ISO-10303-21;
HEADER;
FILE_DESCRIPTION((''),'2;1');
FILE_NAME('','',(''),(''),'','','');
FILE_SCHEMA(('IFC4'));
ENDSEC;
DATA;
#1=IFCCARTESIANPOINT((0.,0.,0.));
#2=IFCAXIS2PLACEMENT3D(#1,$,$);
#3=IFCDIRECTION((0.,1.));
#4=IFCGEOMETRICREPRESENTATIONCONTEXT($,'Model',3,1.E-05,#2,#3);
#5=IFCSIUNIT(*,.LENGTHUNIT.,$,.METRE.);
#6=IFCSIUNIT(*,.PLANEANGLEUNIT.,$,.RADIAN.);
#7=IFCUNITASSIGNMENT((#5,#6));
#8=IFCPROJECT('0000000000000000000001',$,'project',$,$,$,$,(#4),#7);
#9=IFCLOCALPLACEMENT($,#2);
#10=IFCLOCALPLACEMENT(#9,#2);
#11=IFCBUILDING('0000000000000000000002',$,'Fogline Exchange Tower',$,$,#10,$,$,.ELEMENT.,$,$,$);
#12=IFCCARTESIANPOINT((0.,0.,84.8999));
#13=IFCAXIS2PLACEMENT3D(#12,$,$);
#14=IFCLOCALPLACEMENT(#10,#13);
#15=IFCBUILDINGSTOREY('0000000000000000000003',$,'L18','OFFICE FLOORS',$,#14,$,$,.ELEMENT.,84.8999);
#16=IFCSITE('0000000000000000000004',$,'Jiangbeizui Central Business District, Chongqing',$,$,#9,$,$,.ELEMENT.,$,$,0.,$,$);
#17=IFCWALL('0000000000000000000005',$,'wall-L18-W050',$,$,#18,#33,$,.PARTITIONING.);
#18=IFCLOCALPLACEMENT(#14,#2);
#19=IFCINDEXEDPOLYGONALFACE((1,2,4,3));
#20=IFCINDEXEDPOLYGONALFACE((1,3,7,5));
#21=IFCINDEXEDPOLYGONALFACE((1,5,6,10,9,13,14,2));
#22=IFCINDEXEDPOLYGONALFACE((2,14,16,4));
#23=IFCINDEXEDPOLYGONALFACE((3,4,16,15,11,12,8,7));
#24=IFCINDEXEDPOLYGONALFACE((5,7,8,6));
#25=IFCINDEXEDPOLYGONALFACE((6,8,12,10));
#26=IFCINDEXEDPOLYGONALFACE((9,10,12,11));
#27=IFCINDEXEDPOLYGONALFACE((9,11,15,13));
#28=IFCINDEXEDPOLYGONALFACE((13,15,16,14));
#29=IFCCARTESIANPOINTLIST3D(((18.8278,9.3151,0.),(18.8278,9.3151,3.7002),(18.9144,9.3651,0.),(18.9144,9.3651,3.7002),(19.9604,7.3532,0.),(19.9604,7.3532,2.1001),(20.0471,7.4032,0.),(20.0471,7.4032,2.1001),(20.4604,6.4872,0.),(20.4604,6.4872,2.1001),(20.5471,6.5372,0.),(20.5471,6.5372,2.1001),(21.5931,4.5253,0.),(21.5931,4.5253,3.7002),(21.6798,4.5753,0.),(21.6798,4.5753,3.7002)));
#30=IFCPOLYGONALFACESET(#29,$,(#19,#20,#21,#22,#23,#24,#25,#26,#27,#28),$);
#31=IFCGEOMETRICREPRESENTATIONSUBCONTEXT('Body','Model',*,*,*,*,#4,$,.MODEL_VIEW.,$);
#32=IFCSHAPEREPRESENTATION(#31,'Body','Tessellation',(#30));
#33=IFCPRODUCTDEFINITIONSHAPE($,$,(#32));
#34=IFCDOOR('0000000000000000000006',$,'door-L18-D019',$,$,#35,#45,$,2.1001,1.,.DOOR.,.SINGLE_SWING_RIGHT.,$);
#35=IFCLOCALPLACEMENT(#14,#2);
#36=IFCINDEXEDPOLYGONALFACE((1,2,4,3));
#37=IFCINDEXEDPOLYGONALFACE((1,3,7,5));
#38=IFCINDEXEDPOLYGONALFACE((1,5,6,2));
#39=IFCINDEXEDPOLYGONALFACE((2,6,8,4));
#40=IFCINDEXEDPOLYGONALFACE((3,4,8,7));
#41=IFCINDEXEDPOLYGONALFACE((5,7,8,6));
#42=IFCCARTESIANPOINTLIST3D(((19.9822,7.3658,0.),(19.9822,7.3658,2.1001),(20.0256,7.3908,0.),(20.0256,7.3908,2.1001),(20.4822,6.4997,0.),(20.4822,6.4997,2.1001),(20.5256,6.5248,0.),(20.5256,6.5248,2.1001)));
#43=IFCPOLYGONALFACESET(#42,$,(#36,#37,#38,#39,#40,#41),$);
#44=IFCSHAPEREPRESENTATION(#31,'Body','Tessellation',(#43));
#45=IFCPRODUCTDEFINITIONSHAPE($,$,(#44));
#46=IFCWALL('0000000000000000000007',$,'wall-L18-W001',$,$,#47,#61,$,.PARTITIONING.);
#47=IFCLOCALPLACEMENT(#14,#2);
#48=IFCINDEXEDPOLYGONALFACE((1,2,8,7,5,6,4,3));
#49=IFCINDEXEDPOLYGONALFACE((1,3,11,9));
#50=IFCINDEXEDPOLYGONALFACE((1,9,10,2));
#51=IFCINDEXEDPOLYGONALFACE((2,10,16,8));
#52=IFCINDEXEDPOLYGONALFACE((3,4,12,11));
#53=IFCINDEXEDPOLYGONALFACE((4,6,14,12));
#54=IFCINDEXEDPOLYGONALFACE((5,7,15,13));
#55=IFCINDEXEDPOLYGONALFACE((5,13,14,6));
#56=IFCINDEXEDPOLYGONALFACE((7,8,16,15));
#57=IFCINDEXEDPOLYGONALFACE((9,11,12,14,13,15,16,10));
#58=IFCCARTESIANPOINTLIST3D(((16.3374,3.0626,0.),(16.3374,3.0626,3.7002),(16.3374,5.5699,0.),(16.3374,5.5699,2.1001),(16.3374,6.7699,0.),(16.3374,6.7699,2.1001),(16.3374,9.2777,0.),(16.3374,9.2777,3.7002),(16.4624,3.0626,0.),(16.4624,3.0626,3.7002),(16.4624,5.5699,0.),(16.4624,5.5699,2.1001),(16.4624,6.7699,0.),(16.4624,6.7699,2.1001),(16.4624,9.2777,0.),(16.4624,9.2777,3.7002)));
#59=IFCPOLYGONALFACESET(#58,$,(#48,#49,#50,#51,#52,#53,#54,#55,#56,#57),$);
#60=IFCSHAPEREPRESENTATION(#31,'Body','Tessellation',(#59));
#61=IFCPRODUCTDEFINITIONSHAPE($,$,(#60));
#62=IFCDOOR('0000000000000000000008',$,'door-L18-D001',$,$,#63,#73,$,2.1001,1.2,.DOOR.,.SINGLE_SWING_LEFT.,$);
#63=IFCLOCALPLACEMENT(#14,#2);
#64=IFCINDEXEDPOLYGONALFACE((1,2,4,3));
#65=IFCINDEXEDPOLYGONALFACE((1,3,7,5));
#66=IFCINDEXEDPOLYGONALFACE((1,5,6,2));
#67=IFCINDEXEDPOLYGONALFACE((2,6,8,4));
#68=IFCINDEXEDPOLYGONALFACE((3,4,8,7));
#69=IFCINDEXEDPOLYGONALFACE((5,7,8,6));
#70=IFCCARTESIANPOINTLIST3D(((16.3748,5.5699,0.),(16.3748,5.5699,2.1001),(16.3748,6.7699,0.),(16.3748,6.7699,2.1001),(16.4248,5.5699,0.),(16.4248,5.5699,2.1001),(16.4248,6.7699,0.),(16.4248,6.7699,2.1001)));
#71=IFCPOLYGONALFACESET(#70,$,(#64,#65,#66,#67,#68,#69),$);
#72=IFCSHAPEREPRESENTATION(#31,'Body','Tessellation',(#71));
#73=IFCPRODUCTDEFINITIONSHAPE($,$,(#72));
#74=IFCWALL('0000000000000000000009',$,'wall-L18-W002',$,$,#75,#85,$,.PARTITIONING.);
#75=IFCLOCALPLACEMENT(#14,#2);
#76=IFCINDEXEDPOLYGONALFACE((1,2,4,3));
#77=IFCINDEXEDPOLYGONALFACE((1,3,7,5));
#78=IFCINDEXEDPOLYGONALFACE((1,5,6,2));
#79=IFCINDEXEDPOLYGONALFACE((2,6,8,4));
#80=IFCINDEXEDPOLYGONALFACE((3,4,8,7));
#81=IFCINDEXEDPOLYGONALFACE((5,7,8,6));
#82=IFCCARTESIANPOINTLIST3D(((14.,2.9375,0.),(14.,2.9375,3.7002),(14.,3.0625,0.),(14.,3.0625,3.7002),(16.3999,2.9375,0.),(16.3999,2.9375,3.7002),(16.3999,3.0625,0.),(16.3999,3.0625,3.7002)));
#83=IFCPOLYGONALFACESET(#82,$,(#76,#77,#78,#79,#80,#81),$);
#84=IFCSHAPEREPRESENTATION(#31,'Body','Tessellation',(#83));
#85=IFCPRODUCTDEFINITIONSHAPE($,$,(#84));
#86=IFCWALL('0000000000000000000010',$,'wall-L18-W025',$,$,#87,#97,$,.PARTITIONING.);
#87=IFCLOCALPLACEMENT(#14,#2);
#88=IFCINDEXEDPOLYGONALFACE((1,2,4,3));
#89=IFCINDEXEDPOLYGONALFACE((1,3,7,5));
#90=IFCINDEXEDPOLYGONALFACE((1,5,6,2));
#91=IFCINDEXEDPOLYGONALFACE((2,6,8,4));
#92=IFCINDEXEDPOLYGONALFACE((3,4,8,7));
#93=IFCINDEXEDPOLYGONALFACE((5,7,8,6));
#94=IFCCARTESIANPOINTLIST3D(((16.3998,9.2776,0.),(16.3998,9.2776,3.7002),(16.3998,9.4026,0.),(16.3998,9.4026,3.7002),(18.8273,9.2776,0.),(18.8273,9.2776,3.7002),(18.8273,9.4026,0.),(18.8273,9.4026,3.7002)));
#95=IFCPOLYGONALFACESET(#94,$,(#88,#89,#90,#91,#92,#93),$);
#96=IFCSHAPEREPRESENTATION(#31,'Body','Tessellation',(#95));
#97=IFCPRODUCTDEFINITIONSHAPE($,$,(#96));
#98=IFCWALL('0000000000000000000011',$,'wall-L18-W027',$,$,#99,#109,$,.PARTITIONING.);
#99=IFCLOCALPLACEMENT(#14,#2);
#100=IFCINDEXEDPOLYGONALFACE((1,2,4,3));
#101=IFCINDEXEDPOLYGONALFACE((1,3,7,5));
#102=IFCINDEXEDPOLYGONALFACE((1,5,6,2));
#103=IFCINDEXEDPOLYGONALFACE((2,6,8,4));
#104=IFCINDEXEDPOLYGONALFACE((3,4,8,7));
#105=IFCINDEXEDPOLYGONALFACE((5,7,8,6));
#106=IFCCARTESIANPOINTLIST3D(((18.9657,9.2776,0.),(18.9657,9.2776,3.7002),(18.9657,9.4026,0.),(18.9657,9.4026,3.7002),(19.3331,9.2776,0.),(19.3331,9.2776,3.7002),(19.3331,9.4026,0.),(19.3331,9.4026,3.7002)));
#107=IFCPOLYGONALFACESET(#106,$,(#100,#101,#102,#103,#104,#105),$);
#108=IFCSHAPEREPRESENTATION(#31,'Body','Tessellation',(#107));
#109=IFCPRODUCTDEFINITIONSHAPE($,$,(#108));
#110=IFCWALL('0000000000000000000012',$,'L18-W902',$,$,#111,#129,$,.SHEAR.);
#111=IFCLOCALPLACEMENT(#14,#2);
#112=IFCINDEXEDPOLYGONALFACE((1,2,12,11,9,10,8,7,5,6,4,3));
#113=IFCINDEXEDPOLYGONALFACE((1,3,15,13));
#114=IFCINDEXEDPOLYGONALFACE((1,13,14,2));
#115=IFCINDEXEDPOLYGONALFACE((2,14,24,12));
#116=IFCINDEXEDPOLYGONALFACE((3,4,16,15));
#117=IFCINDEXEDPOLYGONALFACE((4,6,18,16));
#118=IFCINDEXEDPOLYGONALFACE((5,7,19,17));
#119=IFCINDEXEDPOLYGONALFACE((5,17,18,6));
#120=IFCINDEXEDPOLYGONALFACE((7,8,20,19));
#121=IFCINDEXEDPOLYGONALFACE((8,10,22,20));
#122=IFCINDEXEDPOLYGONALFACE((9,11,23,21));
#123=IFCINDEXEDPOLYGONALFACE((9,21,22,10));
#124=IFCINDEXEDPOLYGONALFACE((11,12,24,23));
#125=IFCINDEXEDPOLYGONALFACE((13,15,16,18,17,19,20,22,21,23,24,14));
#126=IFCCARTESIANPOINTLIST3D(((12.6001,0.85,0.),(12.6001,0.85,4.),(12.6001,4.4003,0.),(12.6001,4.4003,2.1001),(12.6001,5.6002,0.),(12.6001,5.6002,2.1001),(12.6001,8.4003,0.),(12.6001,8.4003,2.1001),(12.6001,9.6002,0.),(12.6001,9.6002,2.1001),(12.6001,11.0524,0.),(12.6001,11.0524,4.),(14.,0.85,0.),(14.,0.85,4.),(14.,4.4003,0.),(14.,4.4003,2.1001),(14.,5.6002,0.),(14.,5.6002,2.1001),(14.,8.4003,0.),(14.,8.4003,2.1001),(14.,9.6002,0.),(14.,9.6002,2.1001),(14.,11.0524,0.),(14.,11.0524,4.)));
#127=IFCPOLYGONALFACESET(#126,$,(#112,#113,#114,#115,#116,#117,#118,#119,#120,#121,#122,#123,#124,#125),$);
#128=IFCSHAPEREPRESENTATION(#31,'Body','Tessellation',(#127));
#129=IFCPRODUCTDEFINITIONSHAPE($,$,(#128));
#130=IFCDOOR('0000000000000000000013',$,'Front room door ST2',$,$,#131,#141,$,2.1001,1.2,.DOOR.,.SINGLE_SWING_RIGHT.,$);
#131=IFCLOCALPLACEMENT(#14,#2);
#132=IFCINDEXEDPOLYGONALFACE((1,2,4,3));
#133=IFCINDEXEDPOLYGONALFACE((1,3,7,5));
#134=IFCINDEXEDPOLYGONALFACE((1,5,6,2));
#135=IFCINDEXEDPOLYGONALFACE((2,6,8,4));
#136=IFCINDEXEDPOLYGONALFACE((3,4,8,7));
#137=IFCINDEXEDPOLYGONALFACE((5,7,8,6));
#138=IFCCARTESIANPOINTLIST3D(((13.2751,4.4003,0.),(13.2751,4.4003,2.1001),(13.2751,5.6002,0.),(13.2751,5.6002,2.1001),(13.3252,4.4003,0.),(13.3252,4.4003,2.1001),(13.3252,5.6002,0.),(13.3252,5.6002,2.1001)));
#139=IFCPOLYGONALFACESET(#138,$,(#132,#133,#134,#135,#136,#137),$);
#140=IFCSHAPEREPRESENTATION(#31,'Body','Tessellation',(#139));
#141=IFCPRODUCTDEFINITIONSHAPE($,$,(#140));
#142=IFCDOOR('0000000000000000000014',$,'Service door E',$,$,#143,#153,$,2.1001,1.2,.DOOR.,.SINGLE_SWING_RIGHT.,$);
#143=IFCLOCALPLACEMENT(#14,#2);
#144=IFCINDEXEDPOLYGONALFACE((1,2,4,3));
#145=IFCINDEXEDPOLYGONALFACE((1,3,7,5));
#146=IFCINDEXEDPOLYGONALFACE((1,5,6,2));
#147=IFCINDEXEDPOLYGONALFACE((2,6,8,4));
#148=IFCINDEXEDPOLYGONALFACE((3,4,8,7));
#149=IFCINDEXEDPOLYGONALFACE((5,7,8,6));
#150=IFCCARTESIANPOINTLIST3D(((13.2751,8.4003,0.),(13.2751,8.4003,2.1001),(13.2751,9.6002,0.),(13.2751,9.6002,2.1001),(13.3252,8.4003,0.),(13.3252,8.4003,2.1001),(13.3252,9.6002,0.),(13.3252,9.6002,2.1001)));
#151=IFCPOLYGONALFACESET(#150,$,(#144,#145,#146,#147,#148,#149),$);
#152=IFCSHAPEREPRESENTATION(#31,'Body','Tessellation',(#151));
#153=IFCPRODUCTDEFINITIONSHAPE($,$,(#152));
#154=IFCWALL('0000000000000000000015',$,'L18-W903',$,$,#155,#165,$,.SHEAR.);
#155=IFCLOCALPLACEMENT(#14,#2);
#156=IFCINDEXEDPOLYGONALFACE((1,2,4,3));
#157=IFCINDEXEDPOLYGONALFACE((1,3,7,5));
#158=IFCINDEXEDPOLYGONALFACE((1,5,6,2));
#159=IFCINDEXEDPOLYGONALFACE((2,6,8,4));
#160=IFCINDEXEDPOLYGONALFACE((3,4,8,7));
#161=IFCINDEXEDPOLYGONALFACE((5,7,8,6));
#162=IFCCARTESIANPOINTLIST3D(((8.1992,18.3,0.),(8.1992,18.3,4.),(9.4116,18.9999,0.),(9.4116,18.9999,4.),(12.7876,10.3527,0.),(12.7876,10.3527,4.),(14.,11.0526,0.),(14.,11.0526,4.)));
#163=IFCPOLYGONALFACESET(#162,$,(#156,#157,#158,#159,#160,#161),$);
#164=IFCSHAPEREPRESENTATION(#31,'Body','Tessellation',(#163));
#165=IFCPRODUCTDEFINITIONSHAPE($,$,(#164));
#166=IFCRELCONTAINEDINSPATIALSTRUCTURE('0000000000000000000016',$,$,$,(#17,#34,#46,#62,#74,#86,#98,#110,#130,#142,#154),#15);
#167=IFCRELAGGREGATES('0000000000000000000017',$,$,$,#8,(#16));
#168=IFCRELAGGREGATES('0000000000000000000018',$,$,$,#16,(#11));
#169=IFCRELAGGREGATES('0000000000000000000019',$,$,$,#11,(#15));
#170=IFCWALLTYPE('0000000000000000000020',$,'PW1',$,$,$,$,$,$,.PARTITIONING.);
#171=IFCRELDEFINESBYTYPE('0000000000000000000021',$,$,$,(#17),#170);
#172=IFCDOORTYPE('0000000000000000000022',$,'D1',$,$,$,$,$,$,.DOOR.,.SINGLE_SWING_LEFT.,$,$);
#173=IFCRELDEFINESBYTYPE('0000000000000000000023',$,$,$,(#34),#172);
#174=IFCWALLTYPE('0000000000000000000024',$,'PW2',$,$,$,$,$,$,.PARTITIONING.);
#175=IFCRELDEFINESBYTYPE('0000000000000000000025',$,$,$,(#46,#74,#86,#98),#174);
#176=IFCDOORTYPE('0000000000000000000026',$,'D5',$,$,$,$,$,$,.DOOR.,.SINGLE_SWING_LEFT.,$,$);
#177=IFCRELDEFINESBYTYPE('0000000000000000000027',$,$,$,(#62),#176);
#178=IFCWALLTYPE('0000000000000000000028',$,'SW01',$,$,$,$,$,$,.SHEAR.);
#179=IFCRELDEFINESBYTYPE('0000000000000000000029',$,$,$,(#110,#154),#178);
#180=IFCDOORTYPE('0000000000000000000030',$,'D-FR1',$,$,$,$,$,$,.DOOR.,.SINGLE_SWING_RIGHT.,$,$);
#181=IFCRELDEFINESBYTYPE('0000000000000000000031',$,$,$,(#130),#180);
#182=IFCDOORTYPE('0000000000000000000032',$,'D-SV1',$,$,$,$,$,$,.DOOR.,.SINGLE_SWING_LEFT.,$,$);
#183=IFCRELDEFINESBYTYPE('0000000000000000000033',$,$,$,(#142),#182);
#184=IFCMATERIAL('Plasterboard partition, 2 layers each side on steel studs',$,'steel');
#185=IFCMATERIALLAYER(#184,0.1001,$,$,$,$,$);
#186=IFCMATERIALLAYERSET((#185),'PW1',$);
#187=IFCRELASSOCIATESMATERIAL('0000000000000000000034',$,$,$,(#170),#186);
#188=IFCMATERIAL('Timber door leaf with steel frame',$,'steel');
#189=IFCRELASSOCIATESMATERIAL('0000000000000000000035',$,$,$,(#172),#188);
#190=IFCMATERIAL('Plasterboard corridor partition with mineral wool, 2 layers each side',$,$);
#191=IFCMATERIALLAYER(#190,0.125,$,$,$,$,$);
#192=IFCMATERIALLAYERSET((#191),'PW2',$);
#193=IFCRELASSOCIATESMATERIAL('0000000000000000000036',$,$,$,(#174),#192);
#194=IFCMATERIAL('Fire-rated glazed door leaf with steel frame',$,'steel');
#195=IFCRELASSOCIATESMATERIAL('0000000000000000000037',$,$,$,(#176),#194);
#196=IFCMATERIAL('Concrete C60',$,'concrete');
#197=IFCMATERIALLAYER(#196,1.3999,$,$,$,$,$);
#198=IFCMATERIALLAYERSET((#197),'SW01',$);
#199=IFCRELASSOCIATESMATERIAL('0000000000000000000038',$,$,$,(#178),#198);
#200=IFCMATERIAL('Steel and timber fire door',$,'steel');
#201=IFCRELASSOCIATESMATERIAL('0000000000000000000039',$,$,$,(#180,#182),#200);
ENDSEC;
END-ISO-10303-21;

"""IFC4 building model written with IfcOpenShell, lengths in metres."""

from ifc_helpers import new_model, si_unit, direction, frame, frame_2d, origin, place, context, subcontext, project, spatial, rectangle, extrude, material, layer, layer_set, type_object, element, fill, save


model = new_model("IFC4")

# Units and contexts
model_context = context("Model", 3, precision=1e-05, world=origin(), true_north=direction((0.0, 1.0)))
body_context = subcontext(model_context, "Body", "Model", "MODEL_VIEW")
ifc_project = project(units=[si_unit("LENGTHUNIT", "METRE"), si_unit("PLANEANGLEUNIT", "RADIAN")], contexts=[model_context])

# Site, building, storey
site_placement = place(None, origin())
site = spatial("IfcSite", under=ifc_project, at=site_placement, Name="Jiangbeizui Central Business District, Chongqing", CompositionType="ELEMENT", RefElevation=0.0)
building_placement = place(site_placement, origin())
building = spatial("IfcBuilding", under=site, at=building_placement, Name="Fogline Exchange Tower", CompositionType="ELEMENT")
storey_placement = place(building_placement, frame((0.0, 0.0, 84.8999)))
storey = spatial("IfcBuildingStorey", under=building, at=storey_placement, Name="L18", Description="OFFICE FLOORS", CompositionType="ELEMENT", Elevation=84.8999)

# Shared definitions
ifc_material_1 = material(Name="Steel and timber fire door", Category="steel")

# Walls, openings, doors
ifc_material_2 = material(Name="Plasterboard partition, 2 layers each side on steel studs", Category="steel")
ifc_layer_1 = layer(ifc_material_2, 0.1001)
ifc_layer_set_1 = layer_set([ifc_layer_1], Name="PW1")
wall_type_1 = type_object("IfcWallType", Name="PW1", PredefinedType="PARTITIONING", material=ifc_layer_set_1)
wall_1_placement = place(storey_placement, frame((18.8711, 9.3401, 0.0), z_axis=(0.0, 0.0, 1.0), x_axis=(0.499999, -0.866026, 0.0)))
wall_1 = element("IfcWall", 1, at=wall_1_placement, inside=storey, type_object=wall_type_1, Name="wall-L18-W050", PredefinedType="PARTITIONING", context=body_context, shape_type="SweptSolid", body=[
    extrude(rectangle(XDim=5.5308, YDim=0.1001, at=frame_2d((2.7654, 0.0))), origin(), (0.0, 0.0, 1.0), 3.7002),
])
opening_1_placement = place(wall_1_placement, frame((2.2654, 0.0, 0.0)))
opening_1 = element("IfcOpeningElement", 2, at=opening_1_placement, cuts=wall_1, PredefinedType="OPENING", context=body_context, shape_type="SweptSolid", body=[
    extrude(rectangle(XDim=1.0, YDim=2.1001, at=frame_2d((0.5, 1.05))), frame((0.0, 0.0601, 0.0), z_axis=(0.0, -1.0, 0.0), x_axis=(1.0, 0.0, 0.0)), (0.0, 0.0, 1.0), 0.1201),
])
ifc_material_3 = material(Name="Timber door leaf with steel frame", Category="steel")
door_type_1 = type_object("IfcDoorType", Name="D1", OperationType="SINGLE_SWING_LEFT", PredefinedType="DOOR", material=ifc_material_3)
door_1_placement = place(opening_1_placement, frame((1.0, 0.0, 0.0), z_axis=(0.0, 0.0, 1.0), x_axis=(-1.0, 0.0, 0.0)))
door_1 = element("IfcDoor", 3, at=door_1_placement, inside=storey, type_object=door_type_1, Name="door-L18-D019", OperationType="SINGLE_SWING_RIGHT", OverallHeight=2.1001, OverallWidth=1.0, PredefinedType="DOOR", context=body_context, shape_type="SweptSolid", body=[
    extrude(rectangle(XDim=1.0, YDim=2.1001, at=frame_2d((0.5, 1.05))), frame((0.0, 0.0249, 0.0), z_axis=(0.0, -1.0, 0.0), x_axis=(1.0, 0.0, 0.0)), (0.0, 0.0, 1.0), 0.05),
])
fill(opening_1, door_1)
ifc_material_4 = material(Name="Plasterboard corridor partition with mineral wool, 2 layers each side")
ifc_layer_2 = layer(ifc_material_4, 0.125)
ifc_layer_set_2 = layer_set([ifc_layer_2], Name="PW2")
wall_type_2 = type_object("IfcWallType", Name="PW2", PredefinedType="PARTITIONING", material=ifc_layer_set_2)
wall_2_placement = place(storey_placement, frame((16.3999, 9.2776, 0.0), z_axis=(0.0, 0.0, 1.0), x_axis=(0.0, -1.0, 0.0)))
wall_2 = element("IfcWall", 4, at=wall_2_placement, inside=storey, type_object=wall_type_2, Name="wall-L18-W001", PredefinedType="PARTITIONING", context=body_context, shape_type="SweptSolid", body=[
    extrude(rectangle(XDim=6.2151, YDim=0.125, at=frame_2d((3.1074, 0.0))), origin(), (0.0, 0.0, 1.0), 3.7002),
])
opening_2_placement = place(wall_2_placement, frame((2.5076, 0.0, 0.0)))
opening_2 = element("IfcOpeningElement", 5, at=opening_2_placement, cuts=wall_2, PredefinedType="OPENING", context=body_context, shape_type="SweptSolid", body=[
    extrude(rectangle(XDim=1.2, YDim=2.1001, at=frame_2d((0.6001, 1.05))), frame((0.0, 0.0725, 0.0), z_axis=(0.0, -1.0, 0.0), x_axis=(1.0, 0.0, 0.0)), (0.0, 0.0, 1.0), 0.145),
])
ifc_material_5 = material(Name="Fire-rated glazed door leaf with steel frame", Category="steel")
door_type_2 = type_object("IfcDoorType", Name="D5", OperationType="SINGLE_SWING_LEFT", PredefinedType="DOOR", material=ifc_material_5)
door_2_placement = place(opening_2_placement, origin())
door_2 = element("IfcDoor", 6, at=door_2_placement, inside=storey, type_object=door_type_2, Name="door-L18-D001", OperationType="SINGLE_SWING_LEFT", OverallHeight=2.1001, OverallWidth=1.2, PredefinedType="DOOR", context=body_context, shape_type="SweptSolid", body=[
    extrude(rectangle(XDim=1.2, YDim=2.1001, at=frame_2d((0.6001, 1.05))), frame((0.0, 0.0249, 0.0), z_axis=(0.0, -1.0, 0.0), x_axis=(1.0, 0.0, 0.0)), (0.0, 0.0, 1.0), 0.05),
])
fill(opening_2, door_2)

# Walls
wall_3_placement = place(storey_placement, frame((16.3999, 3.0, 0.0), z_axis=(0.0, 0.0, 1.0), x_axis=(-1.0, 0.0, 0.0)))
element("IfcWall", 7, at=wall_3_placement, inside=storey, type_object=wall_type_2, Name="wall-L18-W002", PredefinedType="PARTITIONING", context=body_context, shape_type="SweptSolid", body=[
    extrude(rectangle(XDim=2.3999, YDim=0.125, at=frame_2d((1.2, 0.0))), origin(), (0.0, 0.0, 1.0), 3.7002),
])
wall_4_placement = place(storey_placement, frame((18.8274, 9.3401, 0.0), z_axis=(0.0, 0.0, 1.0), x_axis=(-1.0, 0.0, 0.0)))
element("IfcWall", 8, at=wall_4_placement, inside=storey, type_object=wall_type_2, Name="wall-L18-W025", PredefinedType="PARTITIONING", context=body_context, shape_type="SweptSolid", body=[
    extrude(rectangle(XDim=2.4275, YDim=0.125, at=frame_2d((1.2139, 0.0))), origin(), (0.0, 0.0, 1.0), 3.7002),
])
wall_5_placement = place(storey_placement, frame((19.333, 9.3401, 0.0), z_axis=(0.0, 0.0, 1.0), x_axis=(-1.0, 0.0, 0.0)))
element("IfcWall", 9, at=wall_5_placement, inside=storey, type_object=wall_type_2, Name="wall-L18-W027", PredefinedType="PARTITIONING", context=body_context, shape_type="SweptSolid", body=[
    extrude(rectangle(XDim=0.3674, YDim=0.125, at=frame_2d((0.1836, 0.0))), origin(), (0.0, 0.0, 1.0), 3.7002),
])

# Wall, openings, doors
ifc_material_6 = material(Name="Concrete C60", Category="concrete")
ifc_layer_3 = layer(ifc_material_6, 1.3999)
ifc_layer_set_3 = layer_set([ifc_layer_3], Name="SW01")
wall_type_3 = type_object("IfcWallType", Name="SW01", PredefinedType="SHEAR", material=ifc_layer_set_3)
wall_6_placement = place(storey_placement, frame((13.3, 0.8501, 0.0), z_axis=(0.0, 0.0, 1.0), x_axis=(0.0, 1.0, 0.0)))
wall_6 = element("IfcWall", 10, at=wall_6_placement, inside=storey, type_object=wall_type_3, Name="L18-W902", PredefinedType="SHEAR", context=body_context, shape_type="SweptSolid", body=[
    extrude(rectangle(XDim=10.2024, YDim=1.3999, at=frame_2d((5.1011, 0.0))), origin(), (0.0, 0.0, 1.0), 4.0),
])
opening_3_placement = place(wall_6_placement, frame((3.55, 0.0, 0.0)))
opening_3 = element("IfcOpeningElement", 11, at=opening_3_placement, cuts=wall_6, PredefinedType="OPENING", context=body_context, shape_type="SweptSolid", body=[
    extrude(rectangle(XDim=1.2, YDim=2.1001, at=frame_2d((0.6001, 1.05))), frame((0.0, 0.71, 0.0), z_axis=(0.0, -1.0, 0.0), x_axis=(1.0, 0.0, 0.0)), (0.0, 0.0, 1.0), 1.4199),
])
opening_4_placement = place(wall_6_placement, frame((7.55, 0.0, 0.0)))
opening_4 = element("IfcOpeningElement", 12, at=opening_4_placement, cuts=wall_6, PredefinedType="OPENING", context=body_context, shape_type="SweptSolid", body=[
    extrude(rectangle(XDim=1.2, YDim=2.1001, at=frame_2d((0.6001, 1.05))), frame((0.0, 0.71, 0.0), z_axis=(0.0, -1.0, 0.0), x_axis=(1.0, 0.0, 0.0)), (0.0, 0.0, 1.0), 1.4199),
])
door_type_3 = type_object("IfcDoorType", Name="D-FR1", OperationType="SINGLE_SWING_RIGHT", PredefinedType="DOOR", material=ifc_material_1)
door_3_placement = place(opening_3_placement, origin())
door_3 = element("IfcDoor", 13, at=door_3_placement, inside=storey, type_object=door_type_3, Name="Front room door ST2", OperationType="SINGLE_SWING_RIGHT", OverallHeight=2.1001, OverallWidth=1.2, PredefinedType="DOOR", context=body_context, shape_type="SweptSolid", body=[
    extrude(rectangle(XDim=1.2, YDim=2.1001, at=frame_2d((0.6001, 1.05))), frame((0.0, 0.0249, 0.0), z_axis=(0.0, -1.0, 0.0), x_axis=(1.0, 0.0, 0.0)), (0.0, 0.0, 1.0), 0.05),
])
fill(opening_3, door_3)
door_type_4 = type_object("IfcDoorType", Name="D-SV1", OperationType="SINGLE_SWING_LEFT", PredefinedType="DOOR", material=ifc_material_1)
door_4_placement = place(opening_4_placement, origin())
door_4 = element("IfcDoor", 14, at=door_4_placement, inside=storey, type_object=door_type_4, Name="Service door E", OperationType="SINGLE_SWING_RIGHT", OverallHeight=2.1001, OverallWidth=1.2, PredefinedType="DOOR", context=body_context, shape_type="SweptSolid", body=[
    extrude(rectangle(XDim=1.2, YDim=2.1001, at=frame_2d((0.6001, 1.05))), frame((0.0, 0.0249, 0.0), z_axis=(0.0, -1.0, 0.0), x_axis=(1.0, 0.0, 0.0)), (0.0, 0.0, 1.0), 0.05),
])
fill(opening_4, door_4)

# Wall
wall_7_placement = place(storey_placement, frame((13.3938, 10.7026, 0.0), z_axis=(0.0, 0.0, 1.0), x_axis=(-0.500002, 0.866024, 0.0)))
element("IfcWall", 15, at=wall_7_placement, inside=storey, type_object=wall_type_3, Name="L18-W903", PredefinedType="SHEAR", context=body_context, shape_type="SweptSolid", body=[
    extrude(rectangle(XDim=9.1768, YDim=1.3999, at=frame_2d((4.5884, 0.0))), origin(), (0.0, 0.0, 1.0), 4.0),
])

save(model, "model.ifc")
